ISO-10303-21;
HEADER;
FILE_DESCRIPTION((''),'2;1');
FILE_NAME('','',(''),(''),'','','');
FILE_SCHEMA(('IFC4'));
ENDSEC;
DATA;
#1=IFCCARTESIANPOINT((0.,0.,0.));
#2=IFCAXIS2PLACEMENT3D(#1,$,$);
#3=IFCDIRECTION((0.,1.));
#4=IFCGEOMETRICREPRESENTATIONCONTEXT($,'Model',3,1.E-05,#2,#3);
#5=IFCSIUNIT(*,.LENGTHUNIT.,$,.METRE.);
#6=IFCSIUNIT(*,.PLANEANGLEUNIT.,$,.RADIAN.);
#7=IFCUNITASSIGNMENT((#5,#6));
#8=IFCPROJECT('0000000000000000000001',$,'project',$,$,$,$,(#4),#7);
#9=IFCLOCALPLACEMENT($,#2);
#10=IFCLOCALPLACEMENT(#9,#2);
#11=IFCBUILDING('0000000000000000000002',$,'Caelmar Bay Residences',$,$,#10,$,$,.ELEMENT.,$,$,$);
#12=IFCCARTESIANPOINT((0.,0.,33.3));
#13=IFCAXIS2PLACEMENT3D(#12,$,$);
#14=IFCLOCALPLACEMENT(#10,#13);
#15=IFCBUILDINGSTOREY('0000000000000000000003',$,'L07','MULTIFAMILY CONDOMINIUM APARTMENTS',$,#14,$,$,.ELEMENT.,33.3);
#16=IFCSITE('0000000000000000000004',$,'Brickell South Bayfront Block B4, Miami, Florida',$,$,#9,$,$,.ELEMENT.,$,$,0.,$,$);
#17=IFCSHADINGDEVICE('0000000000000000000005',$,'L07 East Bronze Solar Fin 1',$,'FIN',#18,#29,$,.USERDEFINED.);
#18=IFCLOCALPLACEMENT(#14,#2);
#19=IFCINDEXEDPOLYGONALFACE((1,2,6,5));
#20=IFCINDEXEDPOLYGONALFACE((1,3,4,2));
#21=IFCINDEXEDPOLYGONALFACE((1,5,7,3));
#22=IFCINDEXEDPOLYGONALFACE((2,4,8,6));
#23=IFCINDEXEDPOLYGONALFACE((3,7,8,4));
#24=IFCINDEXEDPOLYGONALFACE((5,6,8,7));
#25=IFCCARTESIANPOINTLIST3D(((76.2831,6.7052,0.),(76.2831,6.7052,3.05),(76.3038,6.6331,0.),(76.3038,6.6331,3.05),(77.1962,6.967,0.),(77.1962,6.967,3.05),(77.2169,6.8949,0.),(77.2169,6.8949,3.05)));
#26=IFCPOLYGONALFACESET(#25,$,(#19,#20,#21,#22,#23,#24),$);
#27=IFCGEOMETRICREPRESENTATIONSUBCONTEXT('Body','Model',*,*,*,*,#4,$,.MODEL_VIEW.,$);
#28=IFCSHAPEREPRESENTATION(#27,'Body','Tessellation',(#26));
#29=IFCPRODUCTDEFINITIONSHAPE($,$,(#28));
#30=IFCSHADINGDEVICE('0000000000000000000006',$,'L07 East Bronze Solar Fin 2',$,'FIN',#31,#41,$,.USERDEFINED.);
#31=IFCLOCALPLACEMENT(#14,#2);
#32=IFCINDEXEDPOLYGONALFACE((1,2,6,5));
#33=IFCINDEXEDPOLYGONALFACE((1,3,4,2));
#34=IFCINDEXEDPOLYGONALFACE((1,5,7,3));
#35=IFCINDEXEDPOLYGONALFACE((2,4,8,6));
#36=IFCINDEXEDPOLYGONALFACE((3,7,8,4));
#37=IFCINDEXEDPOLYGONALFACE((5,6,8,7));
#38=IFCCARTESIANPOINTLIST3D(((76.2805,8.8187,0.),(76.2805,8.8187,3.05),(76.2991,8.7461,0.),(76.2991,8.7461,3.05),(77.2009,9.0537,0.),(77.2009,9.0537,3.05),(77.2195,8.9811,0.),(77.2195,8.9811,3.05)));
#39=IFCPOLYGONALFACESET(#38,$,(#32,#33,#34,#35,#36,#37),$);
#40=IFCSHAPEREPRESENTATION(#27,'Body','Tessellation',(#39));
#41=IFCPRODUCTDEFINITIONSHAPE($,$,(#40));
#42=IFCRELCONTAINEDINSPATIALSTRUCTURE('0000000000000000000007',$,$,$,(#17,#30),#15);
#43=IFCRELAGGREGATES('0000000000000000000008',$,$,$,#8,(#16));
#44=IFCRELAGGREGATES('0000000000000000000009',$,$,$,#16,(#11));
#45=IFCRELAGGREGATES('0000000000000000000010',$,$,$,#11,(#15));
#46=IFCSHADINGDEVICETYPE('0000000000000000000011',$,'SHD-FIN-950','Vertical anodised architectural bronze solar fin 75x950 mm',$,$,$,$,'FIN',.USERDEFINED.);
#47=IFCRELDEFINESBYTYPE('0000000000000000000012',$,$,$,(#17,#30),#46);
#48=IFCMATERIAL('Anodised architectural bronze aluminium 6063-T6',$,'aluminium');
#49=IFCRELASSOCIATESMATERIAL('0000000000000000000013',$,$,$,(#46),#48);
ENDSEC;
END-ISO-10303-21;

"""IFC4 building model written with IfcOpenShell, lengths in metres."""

from ifc_helpers import new_model, si_unit, direction, frame, origin, origin_2d, place, context, subcontext, project, spatial, rectangle, extrude, material, material_profile, profile_set, type_object, element, save


model = new_model("IFC4")

# Units and contexts
model_context = context("Model", 3, precision=1e-05, world=origin(), true_north=direction((0.0, 1.0)))
body_context = subcontext(model_context, "Body", "Model", "MODEL_VIEW")
ifc_project = project(units=[si_unit("LENGTHUNIT", "METRE"), si_unit("PLANEANGLEUNIT", "RADIAN")], contexts=[model_context])

# Site, building, storey
site_placement = place(None, origin())
site = spatial("IfcSite", under=ifc_project, at=site_placement, Name="Brickell South Bayfront Block B4, Miami, Florida", CompositionType="ELEMENT", RefElevation=0.0)
building_placement = place(site_placement, origin())
building = spatial("IfcBuilding", under=site, at=building_placement, Name="Caelmar Bay Residences", CompositionType="ELEMENT")
storey_placement = place(building_placement, frame((0.0, 0.0, 33.3)))
storey = spatial("IfcBuildingStorey", under=building, at=storey_placement, Name="L07", Description="MULTIFAMILY CONDOMINIUM APARTMENTS", CompositionType="ELEMENT", Elevation=33.3)

# Shading devices
ifc_material_1 = material(Name="Anodised architectural bronze aluminium 6063-T6", Category="aluminium")
ifc_material_profile_1 = material_profile(ifc_material_1, rectangle(XDim=0.075, YDim=0.95, at=origin_2d()), Name="BRONZE-FIN-75X950")
ifc_profile_set_1 = profile_set([ifc_material_profile_1], Name="Anodised architectural bronze aluminium 6063-T6")
shading_device_type = type_object("IfcShadingDeviceType", Name="SHD-FIN-950", Description="Vertical anodised architectural bronze solar fin 75x950 mm", ElementType="FIN", PredefinedType="USERDEFINED", material=ifc_profile_set_1)
for number, where, z_axis, x_axis, name in (
    (1, (76.75, 6.8, 0.0), (0.0, 0.0, 1.0), (-0.275637, 0.961262, 0.0), "L07 East Bronze Solar Fin 1"),
    (2, (76.75, 8.8999, 0.0), (0.0, 0.0, 1.0), (-0.247337, 0.968929, 0.0), "L07 East Bronze Solar Fin 2"),
):
    element("IfcShadingDevice", number, at=place(storey_placement, frame(where, z_axis=z_axis, x_axis=x_axis)), inside=storey, type_object=shading_device_type, Name=name, ObjectType="FIN", PredefinedType="USERDEFINED", context=body_context, shape_type="SweptSolid", body=[
        extrude(rectangle(XDim=0.075, YDim=0.95, at=origin_2d()), origin(), (0.0, 0.0, 1.0), 3.05),
    ])

save(model, "model.ifc")
